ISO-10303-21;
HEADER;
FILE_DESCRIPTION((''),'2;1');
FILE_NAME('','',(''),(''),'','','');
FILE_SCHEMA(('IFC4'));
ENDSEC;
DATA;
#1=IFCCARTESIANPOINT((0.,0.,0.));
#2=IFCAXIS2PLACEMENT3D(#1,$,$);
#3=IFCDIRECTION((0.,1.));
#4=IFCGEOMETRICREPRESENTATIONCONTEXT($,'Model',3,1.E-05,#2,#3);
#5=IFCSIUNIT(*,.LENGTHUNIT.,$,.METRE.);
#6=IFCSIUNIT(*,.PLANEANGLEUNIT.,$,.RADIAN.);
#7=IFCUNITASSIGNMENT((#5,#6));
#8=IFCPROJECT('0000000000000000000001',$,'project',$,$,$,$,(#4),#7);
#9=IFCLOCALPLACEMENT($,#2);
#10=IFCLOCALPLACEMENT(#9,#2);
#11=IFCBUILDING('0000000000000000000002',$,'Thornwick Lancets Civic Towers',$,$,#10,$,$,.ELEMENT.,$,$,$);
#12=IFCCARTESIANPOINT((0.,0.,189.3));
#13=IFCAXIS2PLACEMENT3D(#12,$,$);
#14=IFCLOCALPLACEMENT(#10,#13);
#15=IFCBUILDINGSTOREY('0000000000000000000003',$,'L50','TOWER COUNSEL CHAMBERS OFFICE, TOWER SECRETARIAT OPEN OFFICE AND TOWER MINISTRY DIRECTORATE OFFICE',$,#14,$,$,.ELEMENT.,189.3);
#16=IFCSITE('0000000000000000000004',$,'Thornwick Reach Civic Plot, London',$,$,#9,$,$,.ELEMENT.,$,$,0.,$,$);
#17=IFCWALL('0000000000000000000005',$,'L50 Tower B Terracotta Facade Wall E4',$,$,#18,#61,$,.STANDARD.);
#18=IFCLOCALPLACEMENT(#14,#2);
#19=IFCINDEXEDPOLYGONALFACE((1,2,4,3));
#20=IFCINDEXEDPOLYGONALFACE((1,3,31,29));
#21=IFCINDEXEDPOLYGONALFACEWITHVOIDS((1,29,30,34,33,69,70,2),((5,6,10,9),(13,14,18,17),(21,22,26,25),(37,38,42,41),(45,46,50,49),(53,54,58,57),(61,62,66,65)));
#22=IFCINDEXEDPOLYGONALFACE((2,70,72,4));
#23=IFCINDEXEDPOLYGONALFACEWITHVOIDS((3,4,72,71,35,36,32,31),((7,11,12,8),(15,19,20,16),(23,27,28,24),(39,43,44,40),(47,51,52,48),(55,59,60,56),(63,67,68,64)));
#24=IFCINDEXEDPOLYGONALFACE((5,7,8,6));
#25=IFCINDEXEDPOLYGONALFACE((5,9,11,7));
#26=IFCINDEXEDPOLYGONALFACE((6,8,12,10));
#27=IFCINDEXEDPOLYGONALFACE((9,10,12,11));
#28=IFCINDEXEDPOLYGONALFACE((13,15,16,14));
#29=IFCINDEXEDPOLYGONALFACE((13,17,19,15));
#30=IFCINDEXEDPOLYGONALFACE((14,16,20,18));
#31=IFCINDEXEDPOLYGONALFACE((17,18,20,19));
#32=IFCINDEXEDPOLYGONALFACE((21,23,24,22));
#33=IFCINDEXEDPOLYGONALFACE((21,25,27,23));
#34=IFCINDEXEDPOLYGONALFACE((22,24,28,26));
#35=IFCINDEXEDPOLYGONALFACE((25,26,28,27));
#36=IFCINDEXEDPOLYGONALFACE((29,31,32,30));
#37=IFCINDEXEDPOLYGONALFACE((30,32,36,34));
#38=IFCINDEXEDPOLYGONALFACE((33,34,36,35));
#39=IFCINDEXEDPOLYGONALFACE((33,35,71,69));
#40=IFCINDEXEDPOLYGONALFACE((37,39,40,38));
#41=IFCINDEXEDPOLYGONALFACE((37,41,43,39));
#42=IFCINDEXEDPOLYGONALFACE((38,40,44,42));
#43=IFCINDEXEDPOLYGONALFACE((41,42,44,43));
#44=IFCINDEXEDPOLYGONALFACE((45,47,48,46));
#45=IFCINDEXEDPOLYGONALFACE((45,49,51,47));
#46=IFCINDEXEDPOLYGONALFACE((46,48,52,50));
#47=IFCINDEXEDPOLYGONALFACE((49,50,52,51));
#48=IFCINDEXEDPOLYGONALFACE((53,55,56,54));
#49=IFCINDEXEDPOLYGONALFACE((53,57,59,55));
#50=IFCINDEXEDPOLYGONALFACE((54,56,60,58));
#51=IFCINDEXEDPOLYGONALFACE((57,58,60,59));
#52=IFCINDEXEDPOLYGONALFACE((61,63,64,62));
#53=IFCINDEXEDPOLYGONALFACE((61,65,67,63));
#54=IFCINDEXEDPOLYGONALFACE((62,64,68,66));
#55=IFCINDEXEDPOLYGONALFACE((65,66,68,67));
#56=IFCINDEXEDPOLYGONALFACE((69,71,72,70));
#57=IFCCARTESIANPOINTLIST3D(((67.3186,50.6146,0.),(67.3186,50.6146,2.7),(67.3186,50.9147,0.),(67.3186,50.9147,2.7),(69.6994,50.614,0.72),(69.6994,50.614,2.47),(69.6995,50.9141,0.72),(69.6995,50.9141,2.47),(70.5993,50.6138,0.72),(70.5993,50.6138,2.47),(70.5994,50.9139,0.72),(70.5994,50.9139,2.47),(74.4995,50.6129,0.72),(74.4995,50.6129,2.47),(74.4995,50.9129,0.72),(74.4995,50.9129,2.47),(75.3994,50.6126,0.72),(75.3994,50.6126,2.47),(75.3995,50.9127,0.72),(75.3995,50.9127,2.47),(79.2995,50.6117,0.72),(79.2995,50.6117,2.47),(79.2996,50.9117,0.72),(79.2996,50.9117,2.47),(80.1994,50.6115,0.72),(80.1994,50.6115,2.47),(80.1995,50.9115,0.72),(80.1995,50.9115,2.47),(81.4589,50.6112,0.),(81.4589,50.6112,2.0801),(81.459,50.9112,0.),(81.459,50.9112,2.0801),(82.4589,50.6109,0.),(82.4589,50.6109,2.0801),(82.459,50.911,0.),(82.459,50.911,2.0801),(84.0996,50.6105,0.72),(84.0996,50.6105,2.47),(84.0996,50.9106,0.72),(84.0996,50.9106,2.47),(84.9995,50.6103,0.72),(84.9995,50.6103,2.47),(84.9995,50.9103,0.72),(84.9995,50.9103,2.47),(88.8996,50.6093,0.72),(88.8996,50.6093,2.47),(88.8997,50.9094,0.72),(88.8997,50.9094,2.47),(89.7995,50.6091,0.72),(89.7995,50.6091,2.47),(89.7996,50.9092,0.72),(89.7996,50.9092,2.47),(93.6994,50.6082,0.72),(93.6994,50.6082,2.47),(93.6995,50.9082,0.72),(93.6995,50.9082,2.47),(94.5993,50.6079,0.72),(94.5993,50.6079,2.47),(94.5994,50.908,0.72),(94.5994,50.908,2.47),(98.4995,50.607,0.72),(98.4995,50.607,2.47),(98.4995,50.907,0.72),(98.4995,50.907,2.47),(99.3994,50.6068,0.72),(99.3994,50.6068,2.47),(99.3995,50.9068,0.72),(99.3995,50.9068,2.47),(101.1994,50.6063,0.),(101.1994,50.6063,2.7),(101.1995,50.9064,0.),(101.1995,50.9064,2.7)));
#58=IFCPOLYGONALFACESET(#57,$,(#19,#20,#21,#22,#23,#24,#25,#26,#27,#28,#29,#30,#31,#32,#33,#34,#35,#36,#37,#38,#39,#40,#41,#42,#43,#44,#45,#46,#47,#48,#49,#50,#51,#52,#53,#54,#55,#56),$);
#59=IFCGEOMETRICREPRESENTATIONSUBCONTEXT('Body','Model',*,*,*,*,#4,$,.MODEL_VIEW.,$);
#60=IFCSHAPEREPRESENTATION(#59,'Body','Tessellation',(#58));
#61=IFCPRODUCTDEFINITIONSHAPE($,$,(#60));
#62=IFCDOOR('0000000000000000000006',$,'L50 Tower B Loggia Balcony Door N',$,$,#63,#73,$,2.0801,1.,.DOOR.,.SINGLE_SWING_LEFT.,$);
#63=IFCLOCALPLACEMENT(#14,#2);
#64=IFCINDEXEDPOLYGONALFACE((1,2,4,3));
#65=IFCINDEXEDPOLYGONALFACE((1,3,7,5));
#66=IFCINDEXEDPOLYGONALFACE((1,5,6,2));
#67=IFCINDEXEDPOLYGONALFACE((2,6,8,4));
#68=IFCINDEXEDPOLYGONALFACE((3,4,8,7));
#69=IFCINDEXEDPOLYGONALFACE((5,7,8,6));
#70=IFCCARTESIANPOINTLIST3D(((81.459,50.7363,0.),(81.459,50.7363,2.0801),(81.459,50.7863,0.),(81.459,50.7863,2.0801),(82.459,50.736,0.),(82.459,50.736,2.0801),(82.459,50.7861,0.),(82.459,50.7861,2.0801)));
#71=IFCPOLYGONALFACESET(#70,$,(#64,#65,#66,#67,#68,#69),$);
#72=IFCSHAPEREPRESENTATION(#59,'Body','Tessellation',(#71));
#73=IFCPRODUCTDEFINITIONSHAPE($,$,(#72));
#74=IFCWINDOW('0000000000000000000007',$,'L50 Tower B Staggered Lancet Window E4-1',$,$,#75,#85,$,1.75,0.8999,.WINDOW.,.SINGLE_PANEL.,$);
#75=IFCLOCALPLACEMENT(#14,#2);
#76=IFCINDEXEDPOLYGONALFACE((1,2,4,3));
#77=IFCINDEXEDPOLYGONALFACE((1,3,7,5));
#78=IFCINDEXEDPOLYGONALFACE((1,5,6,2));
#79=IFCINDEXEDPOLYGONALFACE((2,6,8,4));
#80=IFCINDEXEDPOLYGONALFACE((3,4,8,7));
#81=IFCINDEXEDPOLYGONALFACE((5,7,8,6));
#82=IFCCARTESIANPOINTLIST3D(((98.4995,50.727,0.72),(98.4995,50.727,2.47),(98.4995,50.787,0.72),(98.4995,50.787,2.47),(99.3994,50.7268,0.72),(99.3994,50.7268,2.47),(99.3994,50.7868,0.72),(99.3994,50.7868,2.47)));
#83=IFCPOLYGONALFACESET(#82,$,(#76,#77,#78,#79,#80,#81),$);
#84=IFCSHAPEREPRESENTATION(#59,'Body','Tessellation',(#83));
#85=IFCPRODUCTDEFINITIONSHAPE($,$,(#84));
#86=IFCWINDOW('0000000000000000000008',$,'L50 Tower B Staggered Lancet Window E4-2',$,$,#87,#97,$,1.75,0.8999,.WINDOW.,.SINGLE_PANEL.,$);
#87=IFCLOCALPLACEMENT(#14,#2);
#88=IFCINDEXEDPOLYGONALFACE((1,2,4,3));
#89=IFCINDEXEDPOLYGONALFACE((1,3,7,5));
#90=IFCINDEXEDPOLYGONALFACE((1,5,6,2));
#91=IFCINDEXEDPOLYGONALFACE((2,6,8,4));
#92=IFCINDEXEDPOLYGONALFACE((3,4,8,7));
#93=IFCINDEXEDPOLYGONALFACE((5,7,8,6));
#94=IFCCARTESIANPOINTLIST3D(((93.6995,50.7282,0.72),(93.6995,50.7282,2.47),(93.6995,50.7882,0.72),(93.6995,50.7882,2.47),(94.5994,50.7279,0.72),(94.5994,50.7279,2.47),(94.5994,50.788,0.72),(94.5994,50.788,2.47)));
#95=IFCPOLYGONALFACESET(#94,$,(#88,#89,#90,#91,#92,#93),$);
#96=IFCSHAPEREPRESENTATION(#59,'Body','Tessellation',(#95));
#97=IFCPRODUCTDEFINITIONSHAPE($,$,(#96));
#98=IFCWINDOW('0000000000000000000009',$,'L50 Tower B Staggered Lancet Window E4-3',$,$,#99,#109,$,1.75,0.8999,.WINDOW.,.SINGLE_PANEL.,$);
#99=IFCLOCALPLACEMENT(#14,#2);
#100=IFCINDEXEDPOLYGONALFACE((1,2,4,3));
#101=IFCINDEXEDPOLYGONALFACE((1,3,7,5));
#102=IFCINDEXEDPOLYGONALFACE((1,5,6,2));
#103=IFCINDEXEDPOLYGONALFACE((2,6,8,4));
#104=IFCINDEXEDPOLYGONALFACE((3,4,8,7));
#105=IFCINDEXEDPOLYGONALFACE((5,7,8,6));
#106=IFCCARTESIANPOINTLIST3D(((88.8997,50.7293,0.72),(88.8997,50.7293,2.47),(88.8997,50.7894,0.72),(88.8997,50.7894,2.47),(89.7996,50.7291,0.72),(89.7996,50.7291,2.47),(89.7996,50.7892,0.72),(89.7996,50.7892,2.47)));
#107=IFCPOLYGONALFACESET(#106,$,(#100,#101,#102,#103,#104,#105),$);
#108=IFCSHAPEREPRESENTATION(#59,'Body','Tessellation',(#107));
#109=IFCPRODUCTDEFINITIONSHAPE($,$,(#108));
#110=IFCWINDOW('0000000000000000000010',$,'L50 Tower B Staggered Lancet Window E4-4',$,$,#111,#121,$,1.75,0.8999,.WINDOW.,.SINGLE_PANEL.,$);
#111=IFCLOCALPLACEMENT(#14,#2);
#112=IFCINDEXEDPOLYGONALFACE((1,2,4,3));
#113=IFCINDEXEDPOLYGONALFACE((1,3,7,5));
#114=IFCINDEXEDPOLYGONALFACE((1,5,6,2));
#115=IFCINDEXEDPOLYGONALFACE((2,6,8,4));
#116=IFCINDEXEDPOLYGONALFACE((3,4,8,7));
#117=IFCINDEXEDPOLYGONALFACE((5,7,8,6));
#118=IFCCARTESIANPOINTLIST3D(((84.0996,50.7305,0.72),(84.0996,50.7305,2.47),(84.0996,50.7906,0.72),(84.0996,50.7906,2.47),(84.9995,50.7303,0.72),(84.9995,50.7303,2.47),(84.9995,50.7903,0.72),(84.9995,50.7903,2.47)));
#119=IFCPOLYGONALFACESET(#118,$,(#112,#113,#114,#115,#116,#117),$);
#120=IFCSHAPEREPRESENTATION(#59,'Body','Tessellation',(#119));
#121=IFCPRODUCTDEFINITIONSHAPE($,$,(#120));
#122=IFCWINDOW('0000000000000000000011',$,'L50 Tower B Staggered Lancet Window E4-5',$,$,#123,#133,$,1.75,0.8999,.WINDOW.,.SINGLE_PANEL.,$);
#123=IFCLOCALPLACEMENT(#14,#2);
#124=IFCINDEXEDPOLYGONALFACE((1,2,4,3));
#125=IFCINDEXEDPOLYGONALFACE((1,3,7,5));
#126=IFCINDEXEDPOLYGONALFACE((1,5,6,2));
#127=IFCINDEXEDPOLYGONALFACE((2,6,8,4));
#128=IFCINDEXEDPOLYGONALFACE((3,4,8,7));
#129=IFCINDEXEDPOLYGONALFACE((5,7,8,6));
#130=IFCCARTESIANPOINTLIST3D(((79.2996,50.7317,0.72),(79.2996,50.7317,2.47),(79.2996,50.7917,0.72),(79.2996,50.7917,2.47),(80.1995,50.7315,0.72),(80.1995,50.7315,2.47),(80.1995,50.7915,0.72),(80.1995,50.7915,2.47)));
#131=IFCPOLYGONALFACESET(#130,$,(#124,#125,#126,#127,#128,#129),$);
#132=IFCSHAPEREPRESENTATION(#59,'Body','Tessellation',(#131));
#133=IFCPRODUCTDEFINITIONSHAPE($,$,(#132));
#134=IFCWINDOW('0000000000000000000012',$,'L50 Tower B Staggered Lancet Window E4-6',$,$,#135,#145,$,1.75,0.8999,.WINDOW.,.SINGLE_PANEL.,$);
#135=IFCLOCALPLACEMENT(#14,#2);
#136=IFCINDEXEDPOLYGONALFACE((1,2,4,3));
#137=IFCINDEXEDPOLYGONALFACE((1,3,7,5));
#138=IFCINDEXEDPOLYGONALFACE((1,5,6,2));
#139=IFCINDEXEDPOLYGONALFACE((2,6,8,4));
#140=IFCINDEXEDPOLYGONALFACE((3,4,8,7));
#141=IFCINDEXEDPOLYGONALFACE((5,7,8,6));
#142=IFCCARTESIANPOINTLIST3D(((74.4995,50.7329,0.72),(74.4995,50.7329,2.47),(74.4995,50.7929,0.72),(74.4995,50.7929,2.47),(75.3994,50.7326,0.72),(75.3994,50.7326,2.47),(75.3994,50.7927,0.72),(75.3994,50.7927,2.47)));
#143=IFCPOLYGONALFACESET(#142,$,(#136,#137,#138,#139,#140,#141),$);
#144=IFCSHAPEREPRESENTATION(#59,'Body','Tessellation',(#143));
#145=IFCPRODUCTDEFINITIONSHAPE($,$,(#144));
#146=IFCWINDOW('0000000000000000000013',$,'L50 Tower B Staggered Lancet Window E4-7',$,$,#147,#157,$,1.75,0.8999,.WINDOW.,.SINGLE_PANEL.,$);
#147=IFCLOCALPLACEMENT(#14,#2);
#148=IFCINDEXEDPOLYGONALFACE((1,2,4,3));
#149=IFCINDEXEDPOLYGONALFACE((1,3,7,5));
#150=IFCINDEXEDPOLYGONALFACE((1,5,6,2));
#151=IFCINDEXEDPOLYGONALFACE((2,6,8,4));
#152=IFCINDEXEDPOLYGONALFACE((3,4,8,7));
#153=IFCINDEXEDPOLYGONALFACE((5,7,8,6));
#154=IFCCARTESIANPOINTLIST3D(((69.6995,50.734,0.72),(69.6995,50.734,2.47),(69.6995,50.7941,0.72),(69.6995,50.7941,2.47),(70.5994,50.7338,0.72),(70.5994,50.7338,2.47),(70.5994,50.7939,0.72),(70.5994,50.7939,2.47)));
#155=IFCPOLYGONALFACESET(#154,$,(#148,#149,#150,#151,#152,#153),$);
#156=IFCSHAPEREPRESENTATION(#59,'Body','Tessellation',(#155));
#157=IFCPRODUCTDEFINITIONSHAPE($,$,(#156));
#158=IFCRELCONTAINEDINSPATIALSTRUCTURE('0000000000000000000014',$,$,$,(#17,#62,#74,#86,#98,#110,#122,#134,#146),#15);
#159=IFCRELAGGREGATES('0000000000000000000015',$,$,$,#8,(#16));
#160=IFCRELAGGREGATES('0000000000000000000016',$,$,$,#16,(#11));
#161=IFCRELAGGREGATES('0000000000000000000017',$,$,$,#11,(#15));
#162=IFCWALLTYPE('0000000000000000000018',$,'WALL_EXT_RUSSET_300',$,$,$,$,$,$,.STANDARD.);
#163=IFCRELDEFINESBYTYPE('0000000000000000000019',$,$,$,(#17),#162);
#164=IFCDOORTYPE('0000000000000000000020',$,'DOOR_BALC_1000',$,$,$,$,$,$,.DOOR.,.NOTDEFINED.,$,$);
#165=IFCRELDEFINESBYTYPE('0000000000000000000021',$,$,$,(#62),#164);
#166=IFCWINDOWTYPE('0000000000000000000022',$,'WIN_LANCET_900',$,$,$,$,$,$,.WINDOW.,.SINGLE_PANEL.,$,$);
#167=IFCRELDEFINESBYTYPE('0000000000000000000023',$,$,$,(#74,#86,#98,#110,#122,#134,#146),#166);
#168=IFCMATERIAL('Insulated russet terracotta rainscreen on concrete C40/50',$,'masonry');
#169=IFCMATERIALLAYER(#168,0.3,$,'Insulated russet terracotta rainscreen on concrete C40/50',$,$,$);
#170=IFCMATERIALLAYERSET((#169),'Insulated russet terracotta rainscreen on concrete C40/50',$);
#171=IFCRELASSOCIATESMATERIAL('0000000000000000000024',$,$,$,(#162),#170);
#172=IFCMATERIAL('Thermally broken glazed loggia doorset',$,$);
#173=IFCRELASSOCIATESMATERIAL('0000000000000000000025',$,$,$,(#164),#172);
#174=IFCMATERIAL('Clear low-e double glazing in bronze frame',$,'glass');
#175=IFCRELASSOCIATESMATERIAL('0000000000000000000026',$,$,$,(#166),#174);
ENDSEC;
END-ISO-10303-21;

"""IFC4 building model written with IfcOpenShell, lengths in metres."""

from ifc_helpers import new_model, si_unit, direction, frame, frame_2d, origin, place, context, subcontext, project, spatial, rectangle, extrude, material, layer, layer_set, type_object, element, fill, save


model = new_model("IFC4")

# Units and contexts
model_context = context("Model", 3, precision=1e-05, world=origin(), true_north=direction((0.0, 1.0)))
body_context = subcontext(model_context, "Body", "Model", "MODEL_VIEW")
ifc_project = project(units=[si_unit("LENGTHUNIT", "METRE"), si_unit("PLANEANGLEUNIT", "RADIAN")], contexts=[model_context])

# Site, building, storey
site_placement = place(None, origin())
site = spatial("IfcSite", under=ifc_project, at=site_placement, Name="Thornwick Reach Civic Plot, London", CompositionType="ELEMENT", RefElevation=0.0)
building_placement = place(site_placement, origin())
building = spatial("IfcBuilding", under=site, at=building_placement, Name="Thornwick Lancets Civic Towers", CompositionType="ELEMENT")
storey_placement = place(building_placement, frame((0.0, 0.0, 189.3)))
storey = spatial("IfcBuildingStorey", under=building, at=storey_placement, Name="L50", Description="TOWER COUNSEL CHAMBERS OFFICE, TOWER SECRETARIAT OPEN OFFICE AND TOWER MINISTRY DIRECTORATE OFFICE", CompositionType="ELEMENT", Elevation=189.3)

# Wall, openings, door, windows
ifc_material_1 = material(Name="Insulated russet terracotta rainscreen on concrete C40/50", Category="masonry")
ifc_layer_1 = layer(ifc_material_1, 0.3, Name="Insulated russet terracotta rainscreen on concrete C40/50")
ifc_layer_set_1 = layer_set([ifc_layer_1], Name="Insulated russet terracotta rainscreen on concrete C40/50")
wall_type_1 = type_object("IfcWallType", Name="WALL_EXT_RUSSET_300", PredefinedType="STANDARD", material=ifc_layer_set_1)
wall_1_placement = place(storey_placement, frame((101.1995, 50.7563, 0.0), z_axis=(0.0, 0.0, 1.0), x_axis=(-1.0, 0.000245, 0.0)))
wall_1 = element("IfcWall", 1, at=wall_1_placement, inside=storey, type_object=wall_type_1, Name="L50 Tower B Terracotta Facade Wall E4", PredefinedType="STANDARD", context=body_context, shape_type="SweptSolid", body=[
    extrude(rectangle(XDim=33.8809, YDim=0.3, at=frame_2d((16.9404, 0.0))), origin(), (0.0, 0.0, 1.0), 2.7),
])
opening_1_placement = place(wall_1_placement, frame((18.7405, 0.0, 0.0)))
opening_1 = element("IfcOpeningElement", 2, at=opening_1_placement, cuts=wall_1, PredefinedType="OPENING", context=body_context, shape_type="SweptSolid", body=[
    extrude(rectangle(XDim=1.0, YDim=2.0801, at=frame_2d((0.5, 1.04))), frame((0.0, 0.1602, 0.0), z_axis=(0.0, -1.0, 0.0), x_axis=(1.0, 0.0, 0.0)), (0.0, 0.0, 1.0), 0.3201),
])
opening_2_placement = place(wall_1_placement, frame((1.8, 0.0, 0.72)))
opening_2 = element("IfcOpeningElement", 3, at=opening_2_placement, cuts=wall_1, PredefinedType="OPENING", context=body_context, shape_type="SweptSolid", body=[
    extrude(rectangle(XDim=0.8999, YDim=1.75, at=frame_2d((0.45, 0.875))), frame((0.0, 0.1602, 0.0), z_axis=(0.0, -1.0, 0.0), x_axis=(1.0, 0.0, 0.0)), (0.0, 0.0, 1.0), 0.3201),
])
opening_3_placement = place(wall_1_placement, frame((6.6001, 0.0, 0.72)))
opening_3 = element("IfcOpeningElement", 4, at=opening_3_placement, cuts=wall_1, PredefinedType="OPENING", context=body_context, shape_type="SweptSolid", body=[
    extrude(rectangle(XDim=0.8999, YDim=1.75, at=frame_2d((0.45, 0.875))), frame((0.0, 0.1602, 0.0), z_axis=(0.0, -1.0, 0.0), x_axis=(1.0, 0.0, 0.0)), (0.0, 0.0, 1.0), 0.3201),
])
opening_4_placement = place(wall_1_placement, frame((11.3999, 0.0, 0.72)))
opening_4 = element("IfcOpeningElement", 5, at=opening_4_placement, cuts=wall_1, PredefinedType="OPENING", context=body_context, shape_type="SweptSolid", body=[
    extrude(rectangle(XDim=0.8999, YDim=1.75, at=frame_2d((0.45, 0.875))), frame((0.0, 0.1602, 0.0), z_axis=(0.0, -1.0, 0.0), x_axis=(1.0, 0.0, 0.0)), (0.0, 0.0, 1.0), 0.3201),
])
opening_5_placement = place(wall_1_placement, frame((16.2, 0.0, 0.72)))
opening_5 = element("IfcOpeningElement", 6, at=opening_5_placement, cuts=wall_1, PredefinedType="OPENING", context=body_context, shape_type="SweptSolid", body=[
    extrude(rectangle(XDim=0.8999, YDim=1.75, at=frame_2d((0.45, 0.875))), frame((0.0, 0.1602, 0.0), z_axis=(0.0, -1.0, 0.0), x_axis=(1.0, 0.0, 0.0)), (0.0, 0.0, 1.0), 0.3201),
])
opening_6_placement = place(wall_1_placement, frame((21.0, 0.0, 0.72)))
opening_6 = element("IfcOpeningElement", 7, at=opening_6_placement, cuts=wall_1, PredefinedType="OPENING", context=body_context, shape_type="SweptSolid", body=[
    extrude(rectangle(XDim=0.8999, YDim=1.75, at=frame_2d((0.45, 0.875))), frame((0.0, 0.1602, 0.0), z_axis=(0.0, -1.0, 0.0), x_axis=(1.0, 0.0, 0.0)), (0.0, 0.0, 1.0), 0.3201),
])
opening_7_placement = place(wall_1_placement, frame((25.8, 0.0, 0.72)))
opening_7 = element("IfcOpeningElement", 8, at=opening_7_placement, cuts=wall_1, PredefinedType="OPENING", context=body_context, shape_type="SweptSolid", body=[
    extrude(rectangle(XDim=0.8999, YDim=1.75, at=frame_2d((0.45, 0.875))), frame((0.0, 0.1602, 0.0), z_axis=(0.0, -1.0, 0.0), x_axis=(1.0, 0.0, 0.0)), (0.0, 0.0, 1.0), 0.3201),
])
opening_8_placement = place(wall_1_placement, frame((30.6001, 0.0, 0.72)))
opening_8 = element("IfcOpeningElement", 9, at=opening_8_placement, cuts=wall_1, PredefinedType="OPENING", context=body_context, shape_type="SweptSolid", body=[
    extrude(rectangle(XDim=0.8999, YDim=1.75, at=frame_2d((0.45, 0.875))), frame((0.0, 0.1602, 0.0), z_axis=(0.0, -1.0, 0.0), x_axis=(1.0, 0.0, 0.0)), (0.0, 0.0, 1.0), 0.3201),
])
ifc_material_2 = material(Name="Thermally broken glazed loggia doorset")
door_type = type_object("IfcDoorType", Name="DOOR_BALC_1000", OperationType="NOTDEFINED", PredefinedType="DOOR", material=ifc_material_2)
door_placement = place(opening_1_placement, origin())
door = element("IfcDoor", 10, at=door_placement, inside=storey, type_object=door_type, Name="L50 Tower B Loggia Balcony Door N", OperationType="SINGLE_SWING_LEFT", OverallHeight=2.0801, OverallWidth=1.0, PredefinedType="DOOR", context=body_context, shape_type="SweptSolid", body=[
    extrude(rectangle(XDim=1.0, YDim=2.0801, at=frame_2d((0.5, 1.04))), frame((0.0, 0.0249, 0.0), z_axis=(0.0, -1.0, 0.0), x_axis=(1.0, 0.0, 0.0)), (0.0, 0.0, 1.0), 0.05),
])
fill(opening_1, door)
ifc_material_3 = material(Name="Clear low-e double glazing in bronze frame", Category="glass")
window_type = type_object("IfcWindowType", Name="WIN_LANCET_900", PartitioningType="SINGLE_PANEL", PredefinedType="WINDOW", material=ifc_material_3)
window_1_placement = place(opening_2_placement, origin())
window_1 = element("IfcWindow", 11, at=window_1_placement, inside=storey, type_object=window_type, Name="L50 Tower B Staggered Lancet Window E4-1", OverallHeight=1.75, OverallWidth=0.8999, PartitioningType="SINGLE_PANEL", PredefinedType="WINDOW", context=body_context, shape_type="SweptSolid", body=[
    extrude(rectangle(XDim=0.8999, YDim=1.75, at=frame_2d((0.45, 0.875))), frame((0.0, 0.03, 0.0), z_axis=(0.0, -1.0, 0.0), x_axis=(1.0, 0.0, 0.0)), (0.0, 0.0, 1.0), 0.0601),
])
fill(opening_2, window_1)
window_2_placement = place(opening_3_placement, origin())
window_2 = element("IfcWindow", 12, at=window_2_placement, inside=storey, type_object=window_type, Name="L50 Tower B Staggered Lancet Window E4-2", OverallHeight=1.75, OverallWidth=0.8999, PartitioningType="SINGLE_PANEL", PredefinedType="WINDOW", context=body_context, shape_type="SweptSolid", body=[
    extrude(rectangle(XDim=0.8999, YDim=1.75, at=frame_2d((0.45, 0.875))), frame((0.0, 0.03, 0.0), z_axis=(0.0, -1.0, 0.0), x_axis=(1.0, 0.0, 0.0)), (0.0, 0.0, 1.0), 0.0601),
])
fill(opening_3, window_2)
window_3_placement = place(opening_4_placement, origin())
window_3 = element("IfcWindow", 13, at=window_3_placement, inside=storey, type_object=window_type, Name="L50 Tower B Staggered Lancet Window E4-3", OverallHeight=1.75, OverallWidth=0.8999, PartitioningType="SINGLE_PANEL", PredefinedType="WINDOW", context=body_context, shape_type="SweptSolid", body=[
    extrude(rectangle(XDim=0.8999, YDim=1.75, at=frame_2d((0.45, 0.875))), frame((0.0, 0.03, 0.0), z_axis=(0.0, -1.0, 0.0), x_axis=(1.0, 0.0, 0.0)), (0.0, 0.0, 1.0), 0.0601),
])
fill(opening_4, window_3)
window_4_placement = place(opening_5_placement, origin())
window_4 = element("IfcWindow", 14, at=window_4_placement, inside=storey, type_object=window_type, Name="L50 Tower B Staggered Lancet Window E4-4", OverallHeight=1.75, OverallWidth=0.8999, PartitioningType="SINGLE_PANEL", PredefinedType="WINDOW", context=body_context, shape_type="SweptSolid", body=[
    extrude(rectangle(XDim=0.8999, YDim=1.75, at=frame_2d((0.45, 0.875))), frame((0.0, 0.03, 0.0), z_axis=(0.0, -1.0, 0.0), x_axis=(1.0, 0.0, 0.0)), (0.0, 0.0, 1.0), 0.0601),
])
fill(opening_5, window_4)
window_5_placement = place(opening_6_placement, origin())
window_5 = element("IfcWindow", 15, at=window_5_placement, inside=storey, type_object=window_type, Name="L50 Tower B Staggered Lancet Window E4-5", OverallHeight=1.75, OverallWidth=0.8999, PartitioningType="SINGLE_PANEL", PredefinedType="WINDOW", context=body_context, shape_type="SweptSolid", body=[
    extrude(rectangle(XDim=0.8999, YDim=1.75, at=frame_2d((0.45, 0.875))), frame((0.0, 0.03, 0.0), z_axis=(0.0, -1.0, 0.0), x_axis=(1.0, 0.0, 0.0)), (0.0, 0.0, 1.0), 0.0601),
])
fill(opening_6, window_5)
window_6_placement = place(opening_7_placement, origin())
window_6 = element("IfcWindow", 16, at=window_6_placement, inside=storey, type_object=window_type, Name="L50 Tower B Staggered Lancet Window E4-6", OverallHeight=1.75, OverallWidth=0.8999, PartitioningType="SINGLE_PANEL", PredefinedType="WINDOW", context=body_context, shape_type="SweptSolid", body=[
    extrude(rectangle(XDim=0.8999, YDim=1.75, at=frame_2d((0.45, 0.875))), frame((0.0, 0.03, 0.0), z_axis=(0.0, -1.0, 0.0), x_axis=(1.0, 0.0, 0.0)), (0.0, 0.0, 1.0), 0.0601),
])
fill(opening_7, window_6)
window_7_placement = place(opening_8_placement, origin())
window_7 = element("IfcWindow", 17, at=window_7_placement, inside=storey, type_object=window_type, Name="L50 Tower B Staggered Lancet Window E4-7", OverallHeight=1.75, OverallWidth=0.8999, PartitioningType="SINGLE_PANEL", PredefinedType="WINDOW", context=body_context, shape_type="SweptSolid", body=[
    extrude(rectangle(XDim=0.8999, YDim=1.75, at=frame_2d((0.45, 0.875))), frame((0.0, 0.03, 0.0), z_axis=(0.0, -1.0, 0.0), x_axis=(1.0, 0.0, 0.0)), (0.0, 0.0, 1.0), 0.0601),
])
fill(opening_8, window_7)

save(model, "model.ifc")
